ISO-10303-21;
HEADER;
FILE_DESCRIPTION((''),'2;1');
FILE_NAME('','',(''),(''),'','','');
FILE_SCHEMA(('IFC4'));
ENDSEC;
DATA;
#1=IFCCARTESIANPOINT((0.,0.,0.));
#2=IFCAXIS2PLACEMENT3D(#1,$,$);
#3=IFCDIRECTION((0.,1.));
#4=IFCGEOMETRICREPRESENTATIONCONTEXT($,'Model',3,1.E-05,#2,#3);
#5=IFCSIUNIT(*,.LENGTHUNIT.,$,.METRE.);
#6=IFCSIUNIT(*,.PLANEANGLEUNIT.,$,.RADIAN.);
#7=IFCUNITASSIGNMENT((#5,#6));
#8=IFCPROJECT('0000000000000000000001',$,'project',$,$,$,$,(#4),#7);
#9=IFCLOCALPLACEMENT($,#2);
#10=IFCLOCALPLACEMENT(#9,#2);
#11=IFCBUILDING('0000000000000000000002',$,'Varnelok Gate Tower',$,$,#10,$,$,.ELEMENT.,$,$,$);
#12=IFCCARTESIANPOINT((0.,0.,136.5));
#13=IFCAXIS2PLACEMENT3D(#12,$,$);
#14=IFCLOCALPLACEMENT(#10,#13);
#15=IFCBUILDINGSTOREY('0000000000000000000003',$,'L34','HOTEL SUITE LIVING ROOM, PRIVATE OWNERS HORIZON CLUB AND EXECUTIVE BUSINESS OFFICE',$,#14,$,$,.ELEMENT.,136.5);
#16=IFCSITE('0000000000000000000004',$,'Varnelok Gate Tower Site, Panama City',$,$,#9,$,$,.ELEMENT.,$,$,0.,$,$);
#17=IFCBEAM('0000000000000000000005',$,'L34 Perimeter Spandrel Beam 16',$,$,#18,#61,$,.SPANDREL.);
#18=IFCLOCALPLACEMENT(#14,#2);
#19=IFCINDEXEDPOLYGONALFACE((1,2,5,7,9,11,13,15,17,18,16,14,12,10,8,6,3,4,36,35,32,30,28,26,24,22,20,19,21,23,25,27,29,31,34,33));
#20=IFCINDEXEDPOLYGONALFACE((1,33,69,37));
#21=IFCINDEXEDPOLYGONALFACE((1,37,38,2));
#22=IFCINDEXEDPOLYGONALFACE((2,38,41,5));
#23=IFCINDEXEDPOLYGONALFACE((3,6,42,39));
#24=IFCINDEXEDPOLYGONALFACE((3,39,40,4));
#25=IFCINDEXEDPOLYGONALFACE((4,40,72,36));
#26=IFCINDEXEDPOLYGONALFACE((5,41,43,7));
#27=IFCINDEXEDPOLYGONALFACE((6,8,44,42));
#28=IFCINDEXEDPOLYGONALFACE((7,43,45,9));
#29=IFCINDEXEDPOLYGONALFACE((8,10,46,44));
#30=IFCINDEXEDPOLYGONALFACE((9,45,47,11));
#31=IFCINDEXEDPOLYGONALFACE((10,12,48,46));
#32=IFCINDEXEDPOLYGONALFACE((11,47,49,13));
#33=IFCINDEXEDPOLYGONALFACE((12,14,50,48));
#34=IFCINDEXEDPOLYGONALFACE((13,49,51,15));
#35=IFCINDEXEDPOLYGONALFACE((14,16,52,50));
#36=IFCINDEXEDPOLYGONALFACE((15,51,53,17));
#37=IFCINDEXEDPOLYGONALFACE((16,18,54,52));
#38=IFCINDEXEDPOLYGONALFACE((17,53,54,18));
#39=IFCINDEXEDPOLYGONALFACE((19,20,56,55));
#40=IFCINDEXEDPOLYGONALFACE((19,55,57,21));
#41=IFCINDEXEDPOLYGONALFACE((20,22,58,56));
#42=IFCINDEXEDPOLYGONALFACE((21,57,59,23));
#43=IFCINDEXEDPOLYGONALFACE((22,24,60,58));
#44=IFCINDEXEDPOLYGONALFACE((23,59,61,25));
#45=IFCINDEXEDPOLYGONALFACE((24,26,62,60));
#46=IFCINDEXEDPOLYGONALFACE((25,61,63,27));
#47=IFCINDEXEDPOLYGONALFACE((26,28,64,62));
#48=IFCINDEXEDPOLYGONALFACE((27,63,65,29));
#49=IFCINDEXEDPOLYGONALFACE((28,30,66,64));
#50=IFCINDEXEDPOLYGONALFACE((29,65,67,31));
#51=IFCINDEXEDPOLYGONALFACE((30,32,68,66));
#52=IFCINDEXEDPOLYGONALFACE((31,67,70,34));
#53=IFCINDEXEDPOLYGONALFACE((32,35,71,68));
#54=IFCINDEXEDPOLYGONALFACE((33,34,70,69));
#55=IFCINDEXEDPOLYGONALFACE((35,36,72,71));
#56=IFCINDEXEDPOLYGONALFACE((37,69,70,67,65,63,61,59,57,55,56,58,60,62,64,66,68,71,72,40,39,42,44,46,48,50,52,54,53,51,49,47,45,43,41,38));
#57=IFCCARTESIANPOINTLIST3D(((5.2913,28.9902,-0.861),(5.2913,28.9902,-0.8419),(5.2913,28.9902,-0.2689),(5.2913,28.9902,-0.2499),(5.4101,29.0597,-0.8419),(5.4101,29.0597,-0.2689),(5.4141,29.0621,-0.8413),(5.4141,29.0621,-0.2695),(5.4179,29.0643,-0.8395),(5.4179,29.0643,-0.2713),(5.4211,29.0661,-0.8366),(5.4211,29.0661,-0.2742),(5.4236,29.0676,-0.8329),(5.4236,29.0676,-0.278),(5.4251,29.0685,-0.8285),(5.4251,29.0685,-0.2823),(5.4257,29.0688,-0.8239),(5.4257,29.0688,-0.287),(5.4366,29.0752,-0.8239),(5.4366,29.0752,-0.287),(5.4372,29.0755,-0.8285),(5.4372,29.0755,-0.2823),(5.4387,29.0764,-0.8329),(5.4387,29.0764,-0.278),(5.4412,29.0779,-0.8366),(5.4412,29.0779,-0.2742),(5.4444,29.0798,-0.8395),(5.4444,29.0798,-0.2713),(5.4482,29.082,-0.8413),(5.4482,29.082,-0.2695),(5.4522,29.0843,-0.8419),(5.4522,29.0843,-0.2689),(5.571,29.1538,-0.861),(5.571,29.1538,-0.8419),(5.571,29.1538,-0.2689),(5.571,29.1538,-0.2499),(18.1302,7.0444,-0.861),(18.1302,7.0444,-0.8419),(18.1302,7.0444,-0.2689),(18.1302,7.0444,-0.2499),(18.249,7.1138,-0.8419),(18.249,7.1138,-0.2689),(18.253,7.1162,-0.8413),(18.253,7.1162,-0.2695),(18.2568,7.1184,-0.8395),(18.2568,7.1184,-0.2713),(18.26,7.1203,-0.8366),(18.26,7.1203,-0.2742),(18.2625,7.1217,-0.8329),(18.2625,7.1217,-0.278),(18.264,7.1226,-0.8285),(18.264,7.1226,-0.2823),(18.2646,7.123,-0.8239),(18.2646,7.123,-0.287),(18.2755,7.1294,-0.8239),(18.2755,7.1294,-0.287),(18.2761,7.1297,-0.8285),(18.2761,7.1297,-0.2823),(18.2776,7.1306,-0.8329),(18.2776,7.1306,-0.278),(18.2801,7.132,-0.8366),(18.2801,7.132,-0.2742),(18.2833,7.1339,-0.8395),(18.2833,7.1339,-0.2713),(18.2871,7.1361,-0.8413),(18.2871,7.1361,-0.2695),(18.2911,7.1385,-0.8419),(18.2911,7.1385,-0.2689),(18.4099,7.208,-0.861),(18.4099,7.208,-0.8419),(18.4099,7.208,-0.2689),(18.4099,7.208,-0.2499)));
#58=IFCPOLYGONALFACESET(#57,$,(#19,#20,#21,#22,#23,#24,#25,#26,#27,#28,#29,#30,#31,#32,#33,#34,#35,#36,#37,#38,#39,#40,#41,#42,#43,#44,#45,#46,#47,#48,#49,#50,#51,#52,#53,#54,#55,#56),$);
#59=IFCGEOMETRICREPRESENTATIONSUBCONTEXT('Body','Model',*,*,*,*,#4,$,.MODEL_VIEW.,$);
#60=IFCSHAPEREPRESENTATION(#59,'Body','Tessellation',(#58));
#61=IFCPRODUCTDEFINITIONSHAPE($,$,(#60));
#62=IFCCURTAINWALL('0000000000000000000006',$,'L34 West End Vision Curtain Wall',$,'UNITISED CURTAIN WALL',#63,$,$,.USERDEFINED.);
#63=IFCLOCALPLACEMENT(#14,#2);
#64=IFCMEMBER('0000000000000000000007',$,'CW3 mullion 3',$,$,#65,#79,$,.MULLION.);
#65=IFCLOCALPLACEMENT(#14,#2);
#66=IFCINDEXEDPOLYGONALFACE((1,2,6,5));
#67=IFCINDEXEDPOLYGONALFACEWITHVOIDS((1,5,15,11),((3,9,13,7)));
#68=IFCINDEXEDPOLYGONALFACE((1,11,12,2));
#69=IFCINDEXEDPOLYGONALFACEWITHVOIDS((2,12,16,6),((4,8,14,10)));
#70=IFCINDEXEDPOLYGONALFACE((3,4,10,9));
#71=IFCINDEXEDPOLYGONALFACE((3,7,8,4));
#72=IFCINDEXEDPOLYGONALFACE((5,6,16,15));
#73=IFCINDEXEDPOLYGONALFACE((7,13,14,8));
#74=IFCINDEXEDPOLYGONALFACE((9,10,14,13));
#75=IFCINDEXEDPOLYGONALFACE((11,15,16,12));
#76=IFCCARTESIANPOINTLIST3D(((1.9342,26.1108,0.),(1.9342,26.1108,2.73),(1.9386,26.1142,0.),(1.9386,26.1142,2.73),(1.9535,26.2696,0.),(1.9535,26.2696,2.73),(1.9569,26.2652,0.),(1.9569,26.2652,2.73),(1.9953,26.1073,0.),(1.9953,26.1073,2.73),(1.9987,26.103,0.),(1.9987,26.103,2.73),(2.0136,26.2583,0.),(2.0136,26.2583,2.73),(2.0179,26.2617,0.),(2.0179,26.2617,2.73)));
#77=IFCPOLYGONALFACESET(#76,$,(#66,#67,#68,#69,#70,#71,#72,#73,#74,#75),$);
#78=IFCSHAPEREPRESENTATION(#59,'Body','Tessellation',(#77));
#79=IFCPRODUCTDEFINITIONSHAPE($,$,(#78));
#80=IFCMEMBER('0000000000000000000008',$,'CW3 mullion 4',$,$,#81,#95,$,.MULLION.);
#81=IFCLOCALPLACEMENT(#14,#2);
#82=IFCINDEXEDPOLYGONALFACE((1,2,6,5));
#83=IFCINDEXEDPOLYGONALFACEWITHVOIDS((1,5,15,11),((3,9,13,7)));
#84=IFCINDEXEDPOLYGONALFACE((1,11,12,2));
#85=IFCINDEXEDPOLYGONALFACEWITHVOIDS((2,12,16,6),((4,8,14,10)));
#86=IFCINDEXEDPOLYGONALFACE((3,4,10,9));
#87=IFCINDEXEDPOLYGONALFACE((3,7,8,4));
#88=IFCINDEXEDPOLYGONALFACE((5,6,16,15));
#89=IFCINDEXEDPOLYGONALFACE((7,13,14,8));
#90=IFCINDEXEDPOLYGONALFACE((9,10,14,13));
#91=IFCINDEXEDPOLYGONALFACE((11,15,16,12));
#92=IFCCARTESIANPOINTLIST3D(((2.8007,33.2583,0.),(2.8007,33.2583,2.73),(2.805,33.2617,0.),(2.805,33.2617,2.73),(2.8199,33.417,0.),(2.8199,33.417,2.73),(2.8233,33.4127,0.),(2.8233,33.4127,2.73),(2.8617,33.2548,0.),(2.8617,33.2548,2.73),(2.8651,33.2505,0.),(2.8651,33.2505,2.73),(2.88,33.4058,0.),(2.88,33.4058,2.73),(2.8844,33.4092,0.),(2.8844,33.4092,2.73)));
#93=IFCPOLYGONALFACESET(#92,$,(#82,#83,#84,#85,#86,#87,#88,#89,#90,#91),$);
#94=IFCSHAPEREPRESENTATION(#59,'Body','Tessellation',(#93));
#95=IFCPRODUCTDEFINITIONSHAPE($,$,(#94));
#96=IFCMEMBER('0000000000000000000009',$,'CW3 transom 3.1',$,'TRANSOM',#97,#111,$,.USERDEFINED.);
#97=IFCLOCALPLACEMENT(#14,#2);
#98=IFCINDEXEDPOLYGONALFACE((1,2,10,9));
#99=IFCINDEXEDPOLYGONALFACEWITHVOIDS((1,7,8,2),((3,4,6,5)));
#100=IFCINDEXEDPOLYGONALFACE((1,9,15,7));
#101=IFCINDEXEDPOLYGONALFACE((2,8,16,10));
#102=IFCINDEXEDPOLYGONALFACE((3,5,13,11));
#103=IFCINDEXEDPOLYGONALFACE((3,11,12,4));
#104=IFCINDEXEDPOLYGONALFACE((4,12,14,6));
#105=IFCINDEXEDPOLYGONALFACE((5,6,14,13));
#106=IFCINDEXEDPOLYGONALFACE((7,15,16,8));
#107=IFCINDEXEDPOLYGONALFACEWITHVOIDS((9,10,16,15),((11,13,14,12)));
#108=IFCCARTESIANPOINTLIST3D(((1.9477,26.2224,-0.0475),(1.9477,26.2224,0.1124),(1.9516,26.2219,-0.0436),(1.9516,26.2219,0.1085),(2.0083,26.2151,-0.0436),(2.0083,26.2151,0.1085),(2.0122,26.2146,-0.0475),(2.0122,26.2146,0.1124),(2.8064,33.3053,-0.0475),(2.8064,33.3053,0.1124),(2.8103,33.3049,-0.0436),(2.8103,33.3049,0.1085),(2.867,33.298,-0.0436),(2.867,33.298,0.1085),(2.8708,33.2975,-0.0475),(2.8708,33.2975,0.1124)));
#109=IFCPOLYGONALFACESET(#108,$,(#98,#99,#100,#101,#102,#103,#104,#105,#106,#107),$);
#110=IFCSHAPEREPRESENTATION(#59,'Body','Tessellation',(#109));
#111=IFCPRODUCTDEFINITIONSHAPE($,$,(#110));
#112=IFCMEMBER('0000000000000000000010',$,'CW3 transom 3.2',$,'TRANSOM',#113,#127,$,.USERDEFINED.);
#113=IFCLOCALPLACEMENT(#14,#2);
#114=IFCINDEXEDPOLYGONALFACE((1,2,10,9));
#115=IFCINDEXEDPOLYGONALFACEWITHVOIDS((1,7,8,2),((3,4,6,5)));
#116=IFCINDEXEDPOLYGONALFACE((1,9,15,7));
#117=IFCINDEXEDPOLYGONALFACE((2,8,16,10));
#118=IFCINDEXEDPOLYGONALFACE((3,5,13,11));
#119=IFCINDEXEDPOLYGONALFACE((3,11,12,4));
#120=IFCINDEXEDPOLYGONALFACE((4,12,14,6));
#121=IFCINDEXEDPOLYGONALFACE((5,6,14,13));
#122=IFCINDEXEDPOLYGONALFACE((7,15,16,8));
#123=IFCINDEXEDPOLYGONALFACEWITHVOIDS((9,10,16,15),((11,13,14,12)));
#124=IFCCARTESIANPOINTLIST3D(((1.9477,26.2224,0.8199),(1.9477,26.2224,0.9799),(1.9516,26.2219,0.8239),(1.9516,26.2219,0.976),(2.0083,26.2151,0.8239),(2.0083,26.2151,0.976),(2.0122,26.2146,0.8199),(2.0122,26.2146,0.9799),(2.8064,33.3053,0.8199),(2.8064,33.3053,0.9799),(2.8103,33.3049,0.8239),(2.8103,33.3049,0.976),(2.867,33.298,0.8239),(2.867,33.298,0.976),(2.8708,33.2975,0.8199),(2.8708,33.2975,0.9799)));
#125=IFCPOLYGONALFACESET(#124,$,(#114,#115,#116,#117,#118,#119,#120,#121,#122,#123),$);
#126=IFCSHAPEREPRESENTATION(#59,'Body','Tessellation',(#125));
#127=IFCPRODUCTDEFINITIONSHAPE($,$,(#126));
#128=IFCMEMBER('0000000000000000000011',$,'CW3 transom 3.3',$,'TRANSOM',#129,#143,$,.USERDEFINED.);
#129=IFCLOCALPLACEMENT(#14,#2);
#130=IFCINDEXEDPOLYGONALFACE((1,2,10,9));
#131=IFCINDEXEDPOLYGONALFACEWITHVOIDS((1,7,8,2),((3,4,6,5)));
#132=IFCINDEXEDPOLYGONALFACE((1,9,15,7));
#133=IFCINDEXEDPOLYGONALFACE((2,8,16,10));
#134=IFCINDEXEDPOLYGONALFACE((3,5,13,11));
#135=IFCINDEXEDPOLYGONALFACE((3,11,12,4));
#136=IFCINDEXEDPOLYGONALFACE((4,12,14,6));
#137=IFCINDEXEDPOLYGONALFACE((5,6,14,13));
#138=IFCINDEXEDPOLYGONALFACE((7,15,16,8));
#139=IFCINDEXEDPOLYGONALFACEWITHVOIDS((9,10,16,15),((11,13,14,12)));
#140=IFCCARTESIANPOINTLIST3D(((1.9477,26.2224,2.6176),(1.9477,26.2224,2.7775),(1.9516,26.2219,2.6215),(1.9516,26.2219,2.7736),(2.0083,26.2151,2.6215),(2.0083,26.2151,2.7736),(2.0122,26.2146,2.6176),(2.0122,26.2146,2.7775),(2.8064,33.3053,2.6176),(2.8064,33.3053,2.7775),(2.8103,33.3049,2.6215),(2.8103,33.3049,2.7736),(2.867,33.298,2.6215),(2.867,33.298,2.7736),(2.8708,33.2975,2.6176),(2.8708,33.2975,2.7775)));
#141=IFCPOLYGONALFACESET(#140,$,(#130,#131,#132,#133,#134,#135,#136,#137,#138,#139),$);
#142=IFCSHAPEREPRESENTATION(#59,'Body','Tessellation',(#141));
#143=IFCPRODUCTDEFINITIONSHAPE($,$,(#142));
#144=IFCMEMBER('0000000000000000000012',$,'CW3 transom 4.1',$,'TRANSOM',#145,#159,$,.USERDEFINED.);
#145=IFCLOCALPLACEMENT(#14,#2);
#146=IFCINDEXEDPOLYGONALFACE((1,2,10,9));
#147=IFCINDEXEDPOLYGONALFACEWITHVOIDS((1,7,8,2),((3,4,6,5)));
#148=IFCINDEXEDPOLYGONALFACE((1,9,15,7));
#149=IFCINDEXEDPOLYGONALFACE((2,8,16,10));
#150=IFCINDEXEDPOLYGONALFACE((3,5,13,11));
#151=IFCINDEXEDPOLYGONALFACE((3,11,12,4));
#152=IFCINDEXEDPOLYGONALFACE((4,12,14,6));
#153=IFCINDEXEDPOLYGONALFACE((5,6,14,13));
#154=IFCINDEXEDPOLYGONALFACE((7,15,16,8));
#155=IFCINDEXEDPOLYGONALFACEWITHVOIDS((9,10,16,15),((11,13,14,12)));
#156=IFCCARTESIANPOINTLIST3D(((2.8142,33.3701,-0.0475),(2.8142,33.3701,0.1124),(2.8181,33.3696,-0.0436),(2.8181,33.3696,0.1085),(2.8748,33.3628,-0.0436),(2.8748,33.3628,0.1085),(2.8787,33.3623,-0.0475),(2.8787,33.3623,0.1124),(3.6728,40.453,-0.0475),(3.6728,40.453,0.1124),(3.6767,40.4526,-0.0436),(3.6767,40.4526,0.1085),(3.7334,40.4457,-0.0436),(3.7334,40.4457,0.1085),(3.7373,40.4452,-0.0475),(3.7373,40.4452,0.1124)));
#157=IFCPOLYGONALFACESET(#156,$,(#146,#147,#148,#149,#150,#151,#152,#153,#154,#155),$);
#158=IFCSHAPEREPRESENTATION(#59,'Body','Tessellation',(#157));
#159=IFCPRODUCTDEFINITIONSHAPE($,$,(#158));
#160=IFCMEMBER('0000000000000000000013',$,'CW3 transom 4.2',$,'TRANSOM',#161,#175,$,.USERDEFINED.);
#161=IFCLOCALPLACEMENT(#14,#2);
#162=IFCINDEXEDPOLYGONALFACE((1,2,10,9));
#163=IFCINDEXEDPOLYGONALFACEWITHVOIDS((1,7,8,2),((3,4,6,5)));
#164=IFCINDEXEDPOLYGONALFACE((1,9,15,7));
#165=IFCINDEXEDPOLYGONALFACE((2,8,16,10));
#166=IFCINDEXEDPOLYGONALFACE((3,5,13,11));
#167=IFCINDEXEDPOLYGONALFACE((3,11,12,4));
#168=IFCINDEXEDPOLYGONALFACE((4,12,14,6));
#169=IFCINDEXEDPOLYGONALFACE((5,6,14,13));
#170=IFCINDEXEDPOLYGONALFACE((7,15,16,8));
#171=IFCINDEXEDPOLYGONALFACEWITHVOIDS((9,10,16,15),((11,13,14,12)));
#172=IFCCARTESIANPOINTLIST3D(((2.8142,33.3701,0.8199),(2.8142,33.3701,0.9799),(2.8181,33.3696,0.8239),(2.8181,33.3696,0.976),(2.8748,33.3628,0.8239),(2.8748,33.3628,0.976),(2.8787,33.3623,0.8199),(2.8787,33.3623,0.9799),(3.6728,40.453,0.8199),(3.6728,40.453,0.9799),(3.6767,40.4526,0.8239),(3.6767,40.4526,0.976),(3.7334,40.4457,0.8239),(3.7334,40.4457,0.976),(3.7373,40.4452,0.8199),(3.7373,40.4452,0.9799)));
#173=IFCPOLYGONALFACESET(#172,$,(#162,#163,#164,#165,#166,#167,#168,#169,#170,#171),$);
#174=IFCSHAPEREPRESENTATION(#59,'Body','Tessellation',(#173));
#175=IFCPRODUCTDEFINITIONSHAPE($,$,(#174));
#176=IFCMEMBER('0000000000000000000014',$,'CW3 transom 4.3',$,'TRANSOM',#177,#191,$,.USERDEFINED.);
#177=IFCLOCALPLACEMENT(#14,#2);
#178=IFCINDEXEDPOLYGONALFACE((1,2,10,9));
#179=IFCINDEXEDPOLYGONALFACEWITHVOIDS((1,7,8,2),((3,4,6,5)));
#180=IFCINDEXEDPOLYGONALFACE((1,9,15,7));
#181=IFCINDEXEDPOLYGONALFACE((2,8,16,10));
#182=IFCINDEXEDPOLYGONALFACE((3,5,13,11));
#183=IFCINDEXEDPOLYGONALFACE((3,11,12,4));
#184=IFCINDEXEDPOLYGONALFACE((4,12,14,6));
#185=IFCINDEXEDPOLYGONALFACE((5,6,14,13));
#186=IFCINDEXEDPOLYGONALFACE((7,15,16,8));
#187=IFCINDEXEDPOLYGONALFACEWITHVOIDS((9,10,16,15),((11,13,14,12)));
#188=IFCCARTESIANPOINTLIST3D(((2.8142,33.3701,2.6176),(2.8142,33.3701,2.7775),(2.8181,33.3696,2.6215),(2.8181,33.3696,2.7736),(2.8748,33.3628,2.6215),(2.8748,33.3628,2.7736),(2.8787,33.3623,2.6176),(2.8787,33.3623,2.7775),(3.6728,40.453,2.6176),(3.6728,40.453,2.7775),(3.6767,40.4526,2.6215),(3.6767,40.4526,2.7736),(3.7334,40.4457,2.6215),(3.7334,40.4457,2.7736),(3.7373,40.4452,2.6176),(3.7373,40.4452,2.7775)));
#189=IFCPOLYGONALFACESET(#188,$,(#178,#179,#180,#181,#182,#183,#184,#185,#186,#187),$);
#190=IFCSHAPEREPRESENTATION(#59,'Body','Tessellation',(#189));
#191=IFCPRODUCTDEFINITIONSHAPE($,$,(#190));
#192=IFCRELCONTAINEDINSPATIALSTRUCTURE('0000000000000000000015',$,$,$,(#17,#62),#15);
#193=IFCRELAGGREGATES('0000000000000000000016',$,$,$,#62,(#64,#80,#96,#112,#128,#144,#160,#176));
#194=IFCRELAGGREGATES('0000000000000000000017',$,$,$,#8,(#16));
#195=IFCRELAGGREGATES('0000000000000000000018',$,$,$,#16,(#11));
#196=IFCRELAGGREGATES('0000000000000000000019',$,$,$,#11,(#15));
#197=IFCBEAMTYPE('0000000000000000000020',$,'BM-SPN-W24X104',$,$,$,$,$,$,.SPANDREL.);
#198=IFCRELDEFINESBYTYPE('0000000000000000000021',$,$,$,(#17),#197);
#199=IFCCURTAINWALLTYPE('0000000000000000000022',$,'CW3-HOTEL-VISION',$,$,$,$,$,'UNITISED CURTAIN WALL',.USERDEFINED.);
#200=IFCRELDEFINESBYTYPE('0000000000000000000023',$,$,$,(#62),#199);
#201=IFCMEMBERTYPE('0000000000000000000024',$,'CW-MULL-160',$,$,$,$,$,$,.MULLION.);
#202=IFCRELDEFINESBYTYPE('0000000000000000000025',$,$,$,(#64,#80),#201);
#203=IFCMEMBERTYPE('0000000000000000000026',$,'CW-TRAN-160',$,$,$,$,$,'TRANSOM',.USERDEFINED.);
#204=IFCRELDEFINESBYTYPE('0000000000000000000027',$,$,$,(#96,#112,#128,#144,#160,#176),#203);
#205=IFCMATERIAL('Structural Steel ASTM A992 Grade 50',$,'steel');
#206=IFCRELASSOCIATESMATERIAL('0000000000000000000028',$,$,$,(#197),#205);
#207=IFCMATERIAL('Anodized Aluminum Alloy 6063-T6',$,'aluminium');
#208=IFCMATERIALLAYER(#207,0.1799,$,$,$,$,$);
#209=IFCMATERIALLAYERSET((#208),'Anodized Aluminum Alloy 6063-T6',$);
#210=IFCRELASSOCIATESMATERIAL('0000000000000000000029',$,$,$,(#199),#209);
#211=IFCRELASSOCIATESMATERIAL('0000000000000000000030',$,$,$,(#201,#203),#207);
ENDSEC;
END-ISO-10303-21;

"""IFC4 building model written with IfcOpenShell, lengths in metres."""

from ifc_helpers import new_model, si_unit, direction, frame, origin, origin_2d, place, context, subcontext, project, spatial, hollow_rectangle, i_section, extrude, material, layer, layer_set, material_profile, profile_set, type_object, element, aggregate, save


model = new_model("IFC4")

# Units and contexts
model_context = context("Model", 3, precision=1e-05, world=origin(), true_north=direction((0.0, 1.0)))
body_context = subcontext(model_context, "Body", "Model", "MODEL_VIEW")
ifc_project = project(units=[si_unit("LENGTHUNIT", "METRE"), si_unit("PLANEANGLEUNIT", "RADIAN")], contexts=[model_context])

# Site, building, storey
site_placement = place(None, origin())
site = spatial("IfcSite", under=ifc_project, at=site_placement, Name="Varnelok Gate Tower Site, Panama City", CompositionType="ELEMENT", RefElevation=0.0)
building_placement = place(site_placement, origin())
building = spatial("IfcBuilding", under=site, at=building_placement, Name="Varnelok Gate Tower", CompositionType="ELEMENT")
storey_placement = place(building_placement, frame((0.0, 0.0, 136.5)))
storey = spatial("IfcBuildingStorey", under=building, at=storey_placement, Name="L34", Description="HOTEL SUITE LIVING ROOM, PRIVATE OWNERS HORIZON CLUB AND EXECUTIVE BUSINESS OFFICE", CompositionType="ELEMENT", Elevation=136.5)

# Shared definitions
ifc_material_1 = material(Name="Structural Steel ASTM A992 Grade 50", Category="steel")

# Beam
ifc_material_profile_1 = material_profile(ifc_material_1, i_section(OverallWidth=0.324, OverallDepth=0.6111, WebThickness=0.0127, FlangeThickness=0.019, FilletRadius=0.0181, at=origin_2d()), Name="W24X104")
ifc_profile_set_1 = profile_set([ifc_material_profile_1], Name="Structural Steel ASTM A992 Grade 50")
beam_type_1 = type_object("IfcBeamType", Name="BM-SPN-W24X104", PredefinedType="SPANDREL", material=ifc_profile_set_1)
beam_1_placement = place(storey_placement, frame((5.4312, 29.072, -0.5554), z_axis=(0.504961, -0.863142, 0.0), x_axis=(0.863142, 0.504961, 0.0)))
element("IfcBeam", 1, at=beam_1_placement, inside=storey, type_object=beam_type_1, Name="L34 Perimeter Spandrel Beam 16", PredefinedType="SPANDREL", context=body_context, shape_type="SweptSolid", body=[
    extrude(i_section(OverallWidth=0.324, OverallDepth=0.6111, WebThickness=0.0127, FlangeThickness=0.019, FilletRadius=0.0181, at=origin_2d()), origin(), (0.0, 0.0, 1.0), 25.4255),
])

# Curtain wall, members
ifc_material_2 = material(Name="Anodized Aluminum Alloy 6063-T6", Category="aluminium")
ifc_layer_1 = layer(ifc_material_2, 0.1799)
ifc_layer_set_1 = layer_set([ifc_layer_1], Name="Anodized Aluminum Alloy 6063-T6")
curtain_wall_type = type_object("IfcCurtainWallType", Name="CW3-HOTEL-VISION", ElementType="UNITISED CURTAIN WALL", PredefinedType="USERDEFINED", material=ifc_layer_set_1)
curtain_wall_placement = place(storey_placement, origin())
curtain_wall = element("IfcCurtainWall", 2, at=curtain_wall_placement, inside=storey, type_object=curtain_wall_type, Name="L34 West End Vision Curtain Wall", ObjectType="UNITISED CURTAIN WALL", PredefinedType="USERDEFINED")
ifc_material_profile_2 = material_profile(ifc_material_2, hollow_rectangle(XDim=0.0649, YDim=0.1599, WallThickness=0.0039, at=origin_2d()), Name="ALU160X65X4")
ifc_profile_set_2 = profile_set([ifc_material_profile_2], Name="Anodized Aluminum Alloy 6063-T6")
member_type_1 = type_object("IfcMemberType", Name="CW-MULL-160", PredefinedType="MULLION", material=ifc_profile_set_2)
member_1_placement = place(storey_placement, frame((1.9761, 26.1863, 0.0), z_axis=(0.0, 0.0, 1.0), x_axis=(-0.992732, 0.120347, 0.0)))
member_1 = element("IfcMember", 3, at=member_1_placement, type_object=member_type_1, Name="CW3 mullion 3", PredefinedType="MULLION", context=body_context, shape_type="SweptSolid", body=[
    extrude(hollow_rectangle(XDim=0.0649, YDim=0.1599, WallThickness=0.0039, at=origin_2d()), origin(), (0.0, 0.0, 1.0), 2.73),
])
member_2_placement = place(storey_placement, frame((2.8425, 33.3337, 0.0), z_axis=(0.0, 0.0, 1.0), x_axis=(-0.992732, 0.120347, 0.0)))
member_2 = element("IfcMember", 4, at=member_2_placement, type_object=member_type_1, Name="CW3 mullion 4", PredefinedType="MULLION", context=body_context, shape_type="SweptSolid", body=[
    extrude(hollow_rectangle(XDim=0.0649, YDim=0.1599, WallThickness=0.0039, at=origin_2d()), origin(), (0.0, 0.0, 1.0), 2.73),
])
ifc_material_profile_3 = material_profile(ifc_material_2, hollow_rectangle(XDim=0.0649, YDim=0.1599, WallThickness=0.0039, at=origin_2d()), Name="ALU160X65X4")
ifc_profile_set_3 = profile_set([ifc_material_profile_3], Name="Anodized Aluminum Alloy 6063-T6")
member_type_2 = type_object("IfcMemberType", Name="CW-TRAN-160", ElementType="TRANSOM", PredefinedType="USERDEFINED", material=ifc_profile_set_3)
member_3_placement = place(storey_placement, frame((1.98, 26.2185, 0.0325), z_axis=(0.120345, 0.992732, 0.0), x_axis=(-0.992732, 0.120345, 0.0)))
member_3 = element("IfcMember", 5, at=member_3_placement, type_object=member_type_2, Name="CW3 transom 3.1", ObjectType="TRANSOM", PredefinedType="USERDEFINED", context=body_context, shape_type="SweptSolid", body=[
    extrude(hollow_rectangle(XDim=0.0649, YDim=0.1599, WallThickness=0.0039, at=origin_2d()), origin(), (0.0, 0.0, 1.0), 7.1348),
])
member_4_placement = place(storey_placement, frame((1.98, 26.2185, 0.8999), z_axis=(0.120345, 0.992732, 0.0), x_axis=(-0.992732, 0.120345, 0.0)))
member_4 = element("IfcMember", 6, at=member_4_placement, type_object=member_type_2, Name="CW3 transom 3.2", ObjectType="TRANSOM", PredefinedType="USERDEFINED", context=body_context, shape_type="SweptSolid", body=[
    extrude(hollow_rectangle(XDim=0.0649, YDim=0.1599, WallThickness=0.0039, at=origin_2d()), origin(), (0.0, 0.0, 1.0), 7.1348),
])
member_5_placement = place(storey_placement, frame((1.98, 26.2185, 2.6975), z_axis=(0.120345, 0.992732, 0.0), x_axis=(-0.992732, 0.120345, 0.0)))
member_5 = element("IfcMember", 7, at=member_5_placement, type_object=member_type_2, Name="CW3 transom 3.3", ObjectType="TRANSOM", PredefinedType="USERDEFINED", context=body_context, shape_type="SweptSolid", body=[
    extrude(hollow_rectangle(XDim=0.0649, YDim=0.1599, WallThickness=0.0039, at=origin_2d()), origin(), (0.0, 0.0, 1.0), 7.1348),
])
member_6_placement = place(storey_placement, frame((2.8464, 33.3662, 0.0325), z_axis=(0.120345, 0.992732, 0.0), x_axis=(-0.992732, 0.120345, 0.0)))
member_6 = element("IfcMember", 8, at=member_6_placement, type_object=member_type_2, Name="CW3 transom 4.1", ObjectType="TRANSOM", PredefinedType="USERDEFINED", context=body_context, shape_type="SweptSolid", body=[
    extrude(hollow_rectangle(XDim=0.0649, YDim=0.1599, WallThickness=0.0039, at=origin_2d()), origin(), (0.0, 0.0, 1.0), 7.1348),
])
member_7_placement = place(storey_placement, frame((2.8464, 33.3662, 0.8999), z_axis=(0.120345, 0.992732, 0.0), x_axis=(-0.992732, 0.120345, 0.0)))
member_7 = element("IfcMember", 9, at=member_7_placement, type_object=member_type_2, Name="CW3 transom 4.2", ObjectType="TRANSOM", PredefinedType="USERDEFINED", context=body_context, shape_type="SweptSolid", body=[
    extrude(hollow_rectangle(XDim=0.0649, YDim=0.1599, WallThickness=0.0039, at=origin_2d()), origin(), (0.0, 0.0, 1.0), 7.1348),
])
member_8_placement = place(storey_placement, frame((2.8464, 33.3662, 2.6975), z_axis=(0.120345, 0.992732, 0.0), x_axis=(-0.992732, 0.120345, 0.0)))
member_8 = element("IfcMember", 10, at=member_8_placement, type_object=member_type_2, Name="CW3 transom 4.3", ObjectType="TRANSOM", PredefinedType="USERDEFINED", context=body_context, shape_type="SweptSolid", body=[
    extrude(hollow_rectangle(XDim=0.0649, YDim=0.1599, WallThickness=0.0039, at=origin_2d()), origin(), (0.0, 0.0, 1.0), 7.1348),
])
aggregate(curtain_wall, [member_1, member_2, member_3, member_4, member_5, member_6, member_7, member_8])

save(model, "model.ifc")
